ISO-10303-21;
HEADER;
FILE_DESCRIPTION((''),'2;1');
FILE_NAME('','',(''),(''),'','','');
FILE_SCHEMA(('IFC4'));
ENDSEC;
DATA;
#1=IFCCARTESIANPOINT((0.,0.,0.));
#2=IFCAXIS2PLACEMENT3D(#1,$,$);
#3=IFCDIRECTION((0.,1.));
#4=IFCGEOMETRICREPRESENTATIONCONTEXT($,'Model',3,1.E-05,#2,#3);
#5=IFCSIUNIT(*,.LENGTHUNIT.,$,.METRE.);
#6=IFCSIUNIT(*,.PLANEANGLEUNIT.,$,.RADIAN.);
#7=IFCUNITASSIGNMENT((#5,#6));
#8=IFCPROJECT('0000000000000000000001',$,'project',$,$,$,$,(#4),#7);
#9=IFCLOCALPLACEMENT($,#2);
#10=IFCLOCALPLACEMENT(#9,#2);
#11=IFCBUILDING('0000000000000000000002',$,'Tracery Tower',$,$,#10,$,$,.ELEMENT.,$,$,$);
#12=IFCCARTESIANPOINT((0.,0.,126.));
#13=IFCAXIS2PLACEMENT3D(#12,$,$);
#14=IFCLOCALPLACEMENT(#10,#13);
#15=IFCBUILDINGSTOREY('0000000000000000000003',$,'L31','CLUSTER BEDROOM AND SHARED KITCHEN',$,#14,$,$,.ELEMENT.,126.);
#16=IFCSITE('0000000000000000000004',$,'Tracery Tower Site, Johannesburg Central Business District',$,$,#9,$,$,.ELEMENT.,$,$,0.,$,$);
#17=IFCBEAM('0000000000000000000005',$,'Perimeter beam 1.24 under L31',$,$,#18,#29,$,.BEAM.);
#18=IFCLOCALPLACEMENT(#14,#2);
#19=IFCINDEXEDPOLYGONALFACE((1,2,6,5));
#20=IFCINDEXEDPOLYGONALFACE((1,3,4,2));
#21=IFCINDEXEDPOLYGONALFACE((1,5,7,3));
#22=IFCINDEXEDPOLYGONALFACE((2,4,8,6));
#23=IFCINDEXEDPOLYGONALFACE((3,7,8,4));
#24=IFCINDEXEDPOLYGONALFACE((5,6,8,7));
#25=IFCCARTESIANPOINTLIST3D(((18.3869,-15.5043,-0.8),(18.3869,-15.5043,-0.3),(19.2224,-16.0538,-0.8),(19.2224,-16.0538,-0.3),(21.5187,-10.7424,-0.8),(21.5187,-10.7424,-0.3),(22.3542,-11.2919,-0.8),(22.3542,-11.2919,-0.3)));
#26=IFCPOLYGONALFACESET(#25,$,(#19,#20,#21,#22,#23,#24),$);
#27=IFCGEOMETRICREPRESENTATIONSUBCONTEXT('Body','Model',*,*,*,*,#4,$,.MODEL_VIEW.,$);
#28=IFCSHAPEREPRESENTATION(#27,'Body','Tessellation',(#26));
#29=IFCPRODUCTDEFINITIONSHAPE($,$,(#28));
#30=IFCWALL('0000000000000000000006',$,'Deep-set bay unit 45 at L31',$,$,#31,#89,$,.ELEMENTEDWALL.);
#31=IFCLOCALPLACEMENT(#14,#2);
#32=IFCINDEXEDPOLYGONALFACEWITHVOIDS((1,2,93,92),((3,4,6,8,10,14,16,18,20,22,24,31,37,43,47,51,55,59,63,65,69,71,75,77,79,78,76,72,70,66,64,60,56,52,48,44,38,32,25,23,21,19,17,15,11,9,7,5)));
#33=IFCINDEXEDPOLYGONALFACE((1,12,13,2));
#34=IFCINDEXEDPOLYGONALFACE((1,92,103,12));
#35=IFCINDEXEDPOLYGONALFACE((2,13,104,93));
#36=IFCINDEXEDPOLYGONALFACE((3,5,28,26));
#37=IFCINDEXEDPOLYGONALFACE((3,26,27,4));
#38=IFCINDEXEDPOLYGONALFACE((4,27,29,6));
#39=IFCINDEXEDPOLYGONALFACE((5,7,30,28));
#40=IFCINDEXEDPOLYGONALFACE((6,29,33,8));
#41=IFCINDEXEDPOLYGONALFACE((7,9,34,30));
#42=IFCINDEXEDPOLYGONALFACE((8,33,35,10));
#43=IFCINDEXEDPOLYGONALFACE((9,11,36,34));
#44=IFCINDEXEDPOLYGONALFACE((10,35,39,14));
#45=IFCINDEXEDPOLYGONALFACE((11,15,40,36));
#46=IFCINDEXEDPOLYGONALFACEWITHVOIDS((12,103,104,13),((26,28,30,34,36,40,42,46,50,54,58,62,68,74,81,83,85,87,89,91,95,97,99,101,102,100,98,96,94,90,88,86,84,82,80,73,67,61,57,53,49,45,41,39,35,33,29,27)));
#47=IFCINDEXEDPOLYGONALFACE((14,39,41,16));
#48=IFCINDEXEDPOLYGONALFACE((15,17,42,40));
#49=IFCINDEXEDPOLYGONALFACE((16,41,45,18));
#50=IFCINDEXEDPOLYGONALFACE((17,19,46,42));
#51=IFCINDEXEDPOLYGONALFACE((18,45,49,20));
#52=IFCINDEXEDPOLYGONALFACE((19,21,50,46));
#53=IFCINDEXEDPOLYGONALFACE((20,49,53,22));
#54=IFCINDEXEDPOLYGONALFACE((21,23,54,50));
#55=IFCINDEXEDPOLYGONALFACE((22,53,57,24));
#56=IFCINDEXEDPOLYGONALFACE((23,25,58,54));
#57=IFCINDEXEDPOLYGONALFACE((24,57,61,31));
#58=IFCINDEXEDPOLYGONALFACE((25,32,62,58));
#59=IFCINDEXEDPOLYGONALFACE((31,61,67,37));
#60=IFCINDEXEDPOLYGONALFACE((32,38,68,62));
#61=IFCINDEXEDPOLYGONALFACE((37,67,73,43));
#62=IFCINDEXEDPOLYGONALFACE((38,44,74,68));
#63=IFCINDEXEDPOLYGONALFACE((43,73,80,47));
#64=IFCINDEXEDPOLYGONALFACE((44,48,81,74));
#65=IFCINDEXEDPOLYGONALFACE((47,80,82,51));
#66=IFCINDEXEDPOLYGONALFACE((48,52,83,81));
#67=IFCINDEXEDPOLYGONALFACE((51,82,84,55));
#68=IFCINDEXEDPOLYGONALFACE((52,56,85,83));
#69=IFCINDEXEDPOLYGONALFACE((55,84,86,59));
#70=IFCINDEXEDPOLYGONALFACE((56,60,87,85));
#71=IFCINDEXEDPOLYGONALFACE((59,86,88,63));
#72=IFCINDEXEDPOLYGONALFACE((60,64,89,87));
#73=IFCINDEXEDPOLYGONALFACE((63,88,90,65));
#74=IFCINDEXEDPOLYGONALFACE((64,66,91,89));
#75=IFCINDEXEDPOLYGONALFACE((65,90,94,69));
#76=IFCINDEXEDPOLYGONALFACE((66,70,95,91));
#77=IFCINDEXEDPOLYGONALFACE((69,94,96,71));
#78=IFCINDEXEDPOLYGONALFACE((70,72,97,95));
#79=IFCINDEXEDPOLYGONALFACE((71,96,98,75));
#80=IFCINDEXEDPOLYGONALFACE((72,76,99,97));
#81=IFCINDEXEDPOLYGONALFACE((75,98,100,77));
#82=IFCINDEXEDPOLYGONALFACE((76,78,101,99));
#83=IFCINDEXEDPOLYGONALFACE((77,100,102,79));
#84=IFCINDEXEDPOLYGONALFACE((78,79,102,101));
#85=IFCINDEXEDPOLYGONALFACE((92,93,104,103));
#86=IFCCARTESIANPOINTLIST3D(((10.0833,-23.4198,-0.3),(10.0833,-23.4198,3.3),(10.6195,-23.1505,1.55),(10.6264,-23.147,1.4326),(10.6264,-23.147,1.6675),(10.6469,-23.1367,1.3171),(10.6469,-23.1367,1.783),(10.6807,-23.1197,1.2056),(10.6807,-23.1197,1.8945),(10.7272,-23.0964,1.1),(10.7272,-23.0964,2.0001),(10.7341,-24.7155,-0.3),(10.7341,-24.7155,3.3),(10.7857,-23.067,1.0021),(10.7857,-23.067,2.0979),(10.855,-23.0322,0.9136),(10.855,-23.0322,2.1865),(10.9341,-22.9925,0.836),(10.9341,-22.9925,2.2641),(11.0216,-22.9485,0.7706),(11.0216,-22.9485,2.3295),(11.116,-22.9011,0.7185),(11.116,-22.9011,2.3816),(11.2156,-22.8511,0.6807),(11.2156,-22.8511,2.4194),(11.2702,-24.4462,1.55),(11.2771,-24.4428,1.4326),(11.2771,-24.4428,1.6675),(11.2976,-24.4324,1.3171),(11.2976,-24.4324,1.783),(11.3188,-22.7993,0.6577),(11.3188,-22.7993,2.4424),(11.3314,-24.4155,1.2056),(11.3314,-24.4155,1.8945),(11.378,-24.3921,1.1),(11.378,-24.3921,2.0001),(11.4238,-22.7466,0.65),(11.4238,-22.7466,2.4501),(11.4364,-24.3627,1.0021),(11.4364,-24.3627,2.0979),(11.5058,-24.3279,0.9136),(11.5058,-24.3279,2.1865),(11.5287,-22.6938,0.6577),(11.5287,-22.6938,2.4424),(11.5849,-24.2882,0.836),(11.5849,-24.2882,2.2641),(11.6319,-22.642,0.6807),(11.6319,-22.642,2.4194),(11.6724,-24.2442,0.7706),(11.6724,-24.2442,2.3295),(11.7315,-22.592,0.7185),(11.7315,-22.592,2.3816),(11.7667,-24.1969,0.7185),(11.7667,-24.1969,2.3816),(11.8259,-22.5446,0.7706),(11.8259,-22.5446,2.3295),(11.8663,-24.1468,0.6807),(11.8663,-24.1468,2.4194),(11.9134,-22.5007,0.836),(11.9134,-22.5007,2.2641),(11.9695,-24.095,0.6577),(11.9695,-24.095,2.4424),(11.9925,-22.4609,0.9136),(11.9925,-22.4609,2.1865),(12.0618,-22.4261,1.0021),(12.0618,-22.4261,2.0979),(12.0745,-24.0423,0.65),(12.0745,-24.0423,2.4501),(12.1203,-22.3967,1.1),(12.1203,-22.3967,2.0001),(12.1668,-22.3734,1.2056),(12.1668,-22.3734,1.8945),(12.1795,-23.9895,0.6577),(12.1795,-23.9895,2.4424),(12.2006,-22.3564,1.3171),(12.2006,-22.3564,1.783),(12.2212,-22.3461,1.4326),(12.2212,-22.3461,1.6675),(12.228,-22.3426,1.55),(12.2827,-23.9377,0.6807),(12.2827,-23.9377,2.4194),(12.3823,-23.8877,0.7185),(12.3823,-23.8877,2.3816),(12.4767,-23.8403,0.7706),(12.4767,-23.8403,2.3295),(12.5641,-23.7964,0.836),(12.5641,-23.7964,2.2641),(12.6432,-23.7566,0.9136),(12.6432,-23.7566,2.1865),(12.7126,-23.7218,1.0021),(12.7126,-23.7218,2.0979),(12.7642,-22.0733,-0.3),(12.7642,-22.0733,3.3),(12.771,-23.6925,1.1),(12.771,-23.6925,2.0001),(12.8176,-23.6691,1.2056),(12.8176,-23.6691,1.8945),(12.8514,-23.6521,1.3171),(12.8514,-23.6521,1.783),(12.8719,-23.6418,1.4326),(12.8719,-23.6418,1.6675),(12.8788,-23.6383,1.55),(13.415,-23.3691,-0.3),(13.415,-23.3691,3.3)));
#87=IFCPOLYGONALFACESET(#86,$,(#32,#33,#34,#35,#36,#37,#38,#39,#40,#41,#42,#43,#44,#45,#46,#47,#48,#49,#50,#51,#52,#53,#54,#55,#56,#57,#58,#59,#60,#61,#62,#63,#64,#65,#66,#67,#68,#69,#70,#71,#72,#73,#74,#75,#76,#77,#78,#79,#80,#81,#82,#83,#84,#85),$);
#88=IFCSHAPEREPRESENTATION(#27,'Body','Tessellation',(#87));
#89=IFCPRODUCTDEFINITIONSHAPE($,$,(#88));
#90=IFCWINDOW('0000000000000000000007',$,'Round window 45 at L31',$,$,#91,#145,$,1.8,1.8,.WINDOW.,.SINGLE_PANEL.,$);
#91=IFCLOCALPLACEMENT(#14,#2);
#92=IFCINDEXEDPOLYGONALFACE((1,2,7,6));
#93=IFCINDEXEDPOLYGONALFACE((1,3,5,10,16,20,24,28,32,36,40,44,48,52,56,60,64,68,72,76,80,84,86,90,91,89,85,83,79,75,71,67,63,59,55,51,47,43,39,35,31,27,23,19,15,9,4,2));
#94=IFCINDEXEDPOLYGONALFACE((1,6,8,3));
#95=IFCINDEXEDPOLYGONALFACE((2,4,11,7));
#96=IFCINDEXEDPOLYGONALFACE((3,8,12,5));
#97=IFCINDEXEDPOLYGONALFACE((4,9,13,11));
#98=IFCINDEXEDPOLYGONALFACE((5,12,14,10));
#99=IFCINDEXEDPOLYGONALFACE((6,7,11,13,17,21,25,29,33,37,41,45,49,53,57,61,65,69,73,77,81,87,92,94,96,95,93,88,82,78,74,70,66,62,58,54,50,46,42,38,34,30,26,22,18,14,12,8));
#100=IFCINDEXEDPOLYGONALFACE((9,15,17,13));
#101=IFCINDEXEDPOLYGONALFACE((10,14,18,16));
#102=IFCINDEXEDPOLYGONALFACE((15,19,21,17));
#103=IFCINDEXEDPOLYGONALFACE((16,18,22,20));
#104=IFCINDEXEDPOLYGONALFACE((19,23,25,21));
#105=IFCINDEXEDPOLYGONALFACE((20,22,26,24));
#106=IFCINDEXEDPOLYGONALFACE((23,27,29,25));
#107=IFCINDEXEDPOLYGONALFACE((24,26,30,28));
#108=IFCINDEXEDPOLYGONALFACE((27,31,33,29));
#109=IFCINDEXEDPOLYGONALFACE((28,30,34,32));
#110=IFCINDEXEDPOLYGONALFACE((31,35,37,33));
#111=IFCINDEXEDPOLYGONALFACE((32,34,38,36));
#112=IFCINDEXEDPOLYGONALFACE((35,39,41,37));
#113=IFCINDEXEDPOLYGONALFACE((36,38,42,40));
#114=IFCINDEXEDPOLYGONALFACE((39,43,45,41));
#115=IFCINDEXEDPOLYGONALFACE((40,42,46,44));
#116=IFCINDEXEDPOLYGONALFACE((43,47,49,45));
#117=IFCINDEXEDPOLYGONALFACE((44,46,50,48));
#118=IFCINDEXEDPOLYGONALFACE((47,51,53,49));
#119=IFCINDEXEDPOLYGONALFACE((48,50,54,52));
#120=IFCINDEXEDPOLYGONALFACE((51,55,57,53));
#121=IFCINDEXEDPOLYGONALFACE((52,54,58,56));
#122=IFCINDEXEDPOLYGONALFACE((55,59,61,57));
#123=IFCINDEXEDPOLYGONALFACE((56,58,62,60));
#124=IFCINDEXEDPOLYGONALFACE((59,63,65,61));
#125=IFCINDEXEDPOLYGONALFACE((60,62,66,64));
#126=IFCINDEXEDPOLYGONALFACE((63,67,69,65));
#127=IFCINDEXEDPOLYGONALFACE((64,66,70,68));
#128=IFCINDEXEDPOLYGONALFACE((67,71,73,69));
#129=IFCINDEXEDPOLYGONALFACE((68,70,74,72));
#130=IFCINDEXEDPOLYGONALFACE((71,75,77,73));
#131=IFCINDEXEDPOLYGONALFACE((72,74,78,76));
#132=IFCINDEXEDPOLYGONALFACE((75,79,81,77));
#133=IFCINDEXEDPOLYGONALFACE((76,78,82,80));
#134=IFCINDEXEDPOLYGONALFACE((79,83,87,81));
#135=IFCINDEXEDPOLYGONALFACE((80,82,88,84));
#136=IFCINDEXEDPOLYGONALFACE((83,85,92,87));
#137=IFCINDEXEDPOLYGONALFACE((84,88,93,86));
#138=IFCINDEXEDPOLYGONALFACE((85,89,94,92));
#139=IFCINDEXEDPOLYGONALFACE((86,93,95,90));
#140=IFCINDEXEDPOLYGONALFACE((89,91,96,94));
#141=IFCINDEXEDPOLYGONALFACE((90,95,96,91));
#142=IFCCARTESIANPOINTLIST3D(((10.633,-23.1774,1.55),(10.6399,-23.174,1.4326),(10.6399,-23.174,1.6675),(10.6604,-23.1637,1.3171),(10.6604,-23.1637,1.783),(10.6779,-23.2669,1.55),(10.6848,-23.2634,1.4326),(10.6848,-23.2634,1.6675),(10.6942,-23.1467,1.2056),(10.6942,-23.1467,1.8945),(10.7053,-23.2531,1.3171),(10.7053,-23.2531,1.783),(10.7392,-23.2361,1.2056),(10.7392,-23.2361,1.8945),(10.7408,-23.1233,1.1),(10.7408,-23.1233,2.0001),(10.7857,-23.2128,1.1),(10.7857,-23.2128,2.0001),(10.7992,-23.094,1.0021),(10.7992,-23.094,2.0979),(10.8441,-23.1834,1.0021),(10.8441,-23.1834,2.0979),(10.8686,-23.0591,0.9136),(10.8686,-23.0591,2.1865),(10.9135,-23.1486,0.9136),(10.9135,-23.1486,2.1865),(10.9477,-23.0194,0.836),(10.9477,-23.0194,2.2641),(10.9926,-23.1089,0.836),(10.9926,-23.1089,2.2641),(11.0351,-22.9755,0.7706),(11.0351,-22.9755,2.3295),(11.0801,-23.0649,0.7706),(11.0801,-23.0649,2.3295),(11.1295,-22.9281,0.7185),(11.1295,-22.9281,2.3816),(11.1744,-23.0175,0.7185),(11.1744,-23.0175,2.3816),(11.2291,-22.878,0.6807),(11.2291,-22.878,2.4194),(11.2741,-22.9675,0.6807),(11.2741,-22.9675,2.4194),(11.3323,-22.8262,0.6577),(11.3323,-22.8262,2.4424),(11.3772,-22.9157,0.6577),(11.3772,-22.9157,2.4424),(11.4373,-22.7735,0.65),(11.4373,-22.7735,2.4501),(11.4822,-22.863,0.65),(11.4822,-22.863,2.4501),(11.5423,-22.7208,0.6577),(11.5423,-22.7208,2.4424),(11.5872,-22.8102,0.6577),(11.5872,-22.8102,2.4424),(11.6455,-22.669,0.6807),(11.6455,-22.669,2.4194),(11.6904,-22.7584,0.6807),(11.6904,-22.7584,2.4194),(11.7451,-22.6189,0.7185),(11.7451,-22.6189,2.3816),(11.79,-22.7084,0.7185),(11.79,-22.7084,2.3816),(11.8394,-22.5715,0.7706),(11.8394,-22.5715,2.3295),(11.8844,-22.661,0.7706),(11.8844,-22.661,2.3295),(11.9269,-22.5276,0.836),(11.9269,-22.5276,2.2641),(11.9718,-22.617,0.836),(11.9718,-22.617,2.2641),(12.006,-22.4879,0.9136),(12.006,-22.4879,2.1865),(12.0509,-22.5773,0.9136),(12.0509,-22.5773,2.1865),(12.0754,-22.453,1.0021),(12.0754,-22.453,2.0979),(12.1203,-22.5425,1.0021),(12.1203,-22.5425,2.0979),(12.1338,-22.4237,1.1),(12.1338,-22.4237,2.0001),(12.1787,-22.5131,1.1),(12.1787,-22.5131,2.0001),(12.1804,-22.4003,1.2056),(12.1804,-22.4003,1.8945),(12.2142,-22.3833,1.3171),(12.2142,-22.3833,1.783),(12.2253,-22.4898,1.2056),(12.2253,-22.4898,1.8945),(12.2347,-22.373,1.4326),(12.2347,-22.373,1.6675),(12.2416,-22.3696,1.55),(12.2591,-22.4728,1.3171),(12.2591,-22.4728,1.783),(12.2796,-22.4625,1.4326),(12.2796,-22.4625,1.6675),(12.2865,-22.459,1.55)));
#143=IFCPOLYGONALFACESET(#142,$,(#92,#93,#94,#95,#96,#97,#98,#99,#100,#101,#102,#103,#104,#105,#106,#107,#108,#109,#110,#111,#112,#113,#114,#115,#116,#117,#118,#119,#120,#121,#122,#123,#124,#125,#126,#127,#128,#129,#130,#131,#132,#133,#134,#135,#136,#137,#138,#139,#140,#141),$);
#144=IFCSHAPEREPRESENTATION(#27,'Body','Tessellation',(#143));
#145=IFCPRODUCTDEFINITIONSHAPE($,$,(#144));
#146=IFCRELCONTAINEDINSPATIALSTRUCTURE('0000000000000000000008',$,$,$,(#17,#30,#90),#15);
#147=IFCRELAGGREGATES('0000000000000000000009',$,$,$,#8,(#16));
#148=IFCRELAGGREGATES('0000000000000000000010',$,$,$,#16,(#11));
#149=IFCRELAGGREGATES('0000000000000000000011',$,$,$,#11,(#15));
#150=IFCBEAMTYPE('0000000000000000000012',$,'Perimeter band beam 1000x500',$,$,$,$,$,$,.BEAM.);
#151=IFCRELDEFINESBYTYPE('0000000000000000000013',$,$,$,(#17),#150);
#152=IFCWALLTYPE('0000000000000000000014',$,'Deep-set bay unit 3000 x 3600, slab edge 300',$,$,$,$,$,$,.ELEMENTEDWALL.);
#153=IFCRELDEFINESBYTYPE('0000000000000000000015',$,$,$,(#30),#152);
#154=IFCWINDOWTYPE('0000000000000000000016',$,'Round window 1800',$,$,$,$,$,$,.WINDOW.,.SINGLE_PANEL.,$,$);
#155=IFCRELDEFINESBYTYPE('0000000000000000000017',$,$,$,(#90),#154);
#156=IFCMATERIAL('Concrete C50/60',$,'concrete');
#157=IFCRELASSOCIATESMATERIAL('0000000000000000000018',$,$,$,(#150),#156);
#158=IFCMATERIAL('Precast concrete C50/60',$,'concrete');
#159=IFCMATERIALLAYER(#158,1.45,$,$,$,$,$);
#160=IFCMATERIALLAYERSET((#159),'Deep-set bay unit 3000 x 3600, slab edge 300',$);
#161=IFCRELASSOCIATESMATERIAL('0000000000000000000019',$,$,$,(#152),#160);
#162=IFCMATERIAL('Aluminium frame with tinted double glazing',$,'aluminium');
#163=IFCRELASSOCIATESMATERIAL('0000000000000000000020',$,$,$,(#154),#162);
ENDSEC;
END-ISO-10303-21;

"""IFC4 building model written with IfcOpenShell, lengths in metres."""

from ifc_helpers import new_model, si_unit, direction, frame, frame_2d, origin, origin_2d, place, context, subcontext, project, spatial, rectangle, circle, extrude, material, layer, layer_set, material_profile, profile_set, type_object, element, fill, save


model = new_model("IFC4")

# Units and contexts
model_context = context("Model", 3, precision=1e-05, world=origin(), true_north=direction((0.0, 1.0)))
body_context = subcontext(model_context, "Body", "Model", "MODEL_VIEW")
ifc_project = project(units=[si_unit("LENGTHUNIT", "METRE"), si_unit("PLANEANGLEUNIT", "RADIAN")], contexts=[model_context])

# Site, building, storey
site_placement = place(None, origin())
site = spatial("IfcSite", under=ifc_project, at=site_placement, Name="Tracery Tower Site, Johannesburg Central Business District", CompositionType="ELEMENT", RefElevation=0.0)
building_placement = place(site_placement, origin())
building = spatial("IfcBuilding", under=site, at=building_placement, Name="Tracery Tower", CompositionType="ELEMENT")
storey_placement = place(building_placement, frame((0.0, 0.0, 126.0)))
storey = spatial("IfcBuildingStorey", under=building, at=storey_placement, Name="L31", Description="CLUSTER BEDROOM AND SHARED KITCHEN", CompositionType="ELEMENT", Elevation=126.0)

# Beam
ifc_material_1 = material(Name="Concrete C50/60", Category="concrete")
ifc_material_profile_1 = material_profile(ifc_material_1, rectangle(XDim=1.0, YDim=0.5, at=origin_2d()), Name="RC 1000x500")
ifc_profile_set_1 = profile_set([ifc_material_profile_1], Name="Concrete C50/60")
beam_type_1 = type_object("IfcBeamType", Name="Perimeter band beam 1000x500", PredefinedType="BEAM", material=ifc_profile_set_1)
for number, where, z_axis, x_axis, name in (
    (1, (18.8047, -15.7791, -0.55), (0.54949, 0.8355, 0.0), (-0.8355, 0.54949, 0.0), "Perimeter beam 1.24 under L31"),
):
    element("IfcBeam", number, at=place(storey_placement, frame(where, z_axis=z_axis, x_axis=x_axis)), inside=storey, type_object=beam_type_1, Name=name, PredefinedType="BEAM", context=body_context, shape_type="SweptSolid", body=[
        extrude(rectangle(XDim=1.0, YDim=0.5, at=origin_2d()), origin(), (0.0, 0.0, 1.0), 5.6995),
    ])

# Wall, opening, window
ifc_material_2 = material(Name="Precast concrete C50/60", Category="concrete")
ifc_layer_1 = layer(ifc_material_2, 1.45)
ifc_layer_set_1 = layer_set([ifc_layer_1], Name="Deep-set bay unit 3000 x 3600, slab edge 300")
wall_type_1 = type_object("IfcWallType", Name="Deep-set bay unit 3000 x 3600, slab edge 300", PredefinedType="ELEMENTEDWALL", material=ifc_layer_set_1)
wall_1_placement = place(storey_placement, frame((10.4087, -24.0676, -0.3), z_axis=(0.0, 0.0, 1.0), x_axis=(0.893628, 0.448808, 0.0)))
wall_1 = element("IfcWall", 2, at=wall_1_placement, inside=storey, type_object=wall_type_1, Name="Deep-set bay unit 45 at L31", PredefinedType="ELEMENTEDWALL", context=body_context, shape_type="SweptSolid", body=[
    extrude(rectangle(XDim=3.0, YDim=1.45, at=frame_2d((1.5, 0.0))), origin(), (0.0, 0.0, 1.0), 3.6001),
])
opening_1_placement = place(wall_1_placement, frame((1.5, 0.0, 1.8501)))
opening_1 = element("IfcOpeningElement", 3, at=opening_1_placement, cuts=wall_1, PredefinedType="OPENING", context=body_context, shape_type="SweptSolid", body=[
    extrude(circle(Radius=0.9, at=origin_2d()), frame((0.0, 0.7349, 0.0), z_axis=(0.0, -1.0, 0.0), x_axis=(1.0, 0.0, 0.0)), (0.0, 0.0, 1.0), 1.47),
])
ifc_material_3 = material(Name="Aluminium frame with tinted double glazing", Category="aluminium")
window_type = type_object("IfcWindowType", Name="Round window 1800", PartitioningType="SINGLE_PANEL", PredefinedType="WINDOW", material=ifc_material_3)
window_1_placement = place(opening_1_placement, origin())
window_1 = element("IfcWindow", 4, at=window_1_placement, inside=storey, type_object=window_type, Name="Round window 45 at L31", OverallHeight=1.8, OverallWidth=1.8, PartitioningType="SINGLE_PANEL", PredefinedType="WINDOW", context=body_context, shape_type="SweptSolid", body=[
    extrude(circle(Radius=0.9, at=origin_2d()), frame((0.0, 0.6948, 0.0), z_axis=(0.0, -1.0, 0.0), x_axis=(1.0, 0.0, 0.0)), (0.0, 0.0, 1.0), 0.1001),
])
fill(opening_1, window_1)

save(model, "model.ifc")
